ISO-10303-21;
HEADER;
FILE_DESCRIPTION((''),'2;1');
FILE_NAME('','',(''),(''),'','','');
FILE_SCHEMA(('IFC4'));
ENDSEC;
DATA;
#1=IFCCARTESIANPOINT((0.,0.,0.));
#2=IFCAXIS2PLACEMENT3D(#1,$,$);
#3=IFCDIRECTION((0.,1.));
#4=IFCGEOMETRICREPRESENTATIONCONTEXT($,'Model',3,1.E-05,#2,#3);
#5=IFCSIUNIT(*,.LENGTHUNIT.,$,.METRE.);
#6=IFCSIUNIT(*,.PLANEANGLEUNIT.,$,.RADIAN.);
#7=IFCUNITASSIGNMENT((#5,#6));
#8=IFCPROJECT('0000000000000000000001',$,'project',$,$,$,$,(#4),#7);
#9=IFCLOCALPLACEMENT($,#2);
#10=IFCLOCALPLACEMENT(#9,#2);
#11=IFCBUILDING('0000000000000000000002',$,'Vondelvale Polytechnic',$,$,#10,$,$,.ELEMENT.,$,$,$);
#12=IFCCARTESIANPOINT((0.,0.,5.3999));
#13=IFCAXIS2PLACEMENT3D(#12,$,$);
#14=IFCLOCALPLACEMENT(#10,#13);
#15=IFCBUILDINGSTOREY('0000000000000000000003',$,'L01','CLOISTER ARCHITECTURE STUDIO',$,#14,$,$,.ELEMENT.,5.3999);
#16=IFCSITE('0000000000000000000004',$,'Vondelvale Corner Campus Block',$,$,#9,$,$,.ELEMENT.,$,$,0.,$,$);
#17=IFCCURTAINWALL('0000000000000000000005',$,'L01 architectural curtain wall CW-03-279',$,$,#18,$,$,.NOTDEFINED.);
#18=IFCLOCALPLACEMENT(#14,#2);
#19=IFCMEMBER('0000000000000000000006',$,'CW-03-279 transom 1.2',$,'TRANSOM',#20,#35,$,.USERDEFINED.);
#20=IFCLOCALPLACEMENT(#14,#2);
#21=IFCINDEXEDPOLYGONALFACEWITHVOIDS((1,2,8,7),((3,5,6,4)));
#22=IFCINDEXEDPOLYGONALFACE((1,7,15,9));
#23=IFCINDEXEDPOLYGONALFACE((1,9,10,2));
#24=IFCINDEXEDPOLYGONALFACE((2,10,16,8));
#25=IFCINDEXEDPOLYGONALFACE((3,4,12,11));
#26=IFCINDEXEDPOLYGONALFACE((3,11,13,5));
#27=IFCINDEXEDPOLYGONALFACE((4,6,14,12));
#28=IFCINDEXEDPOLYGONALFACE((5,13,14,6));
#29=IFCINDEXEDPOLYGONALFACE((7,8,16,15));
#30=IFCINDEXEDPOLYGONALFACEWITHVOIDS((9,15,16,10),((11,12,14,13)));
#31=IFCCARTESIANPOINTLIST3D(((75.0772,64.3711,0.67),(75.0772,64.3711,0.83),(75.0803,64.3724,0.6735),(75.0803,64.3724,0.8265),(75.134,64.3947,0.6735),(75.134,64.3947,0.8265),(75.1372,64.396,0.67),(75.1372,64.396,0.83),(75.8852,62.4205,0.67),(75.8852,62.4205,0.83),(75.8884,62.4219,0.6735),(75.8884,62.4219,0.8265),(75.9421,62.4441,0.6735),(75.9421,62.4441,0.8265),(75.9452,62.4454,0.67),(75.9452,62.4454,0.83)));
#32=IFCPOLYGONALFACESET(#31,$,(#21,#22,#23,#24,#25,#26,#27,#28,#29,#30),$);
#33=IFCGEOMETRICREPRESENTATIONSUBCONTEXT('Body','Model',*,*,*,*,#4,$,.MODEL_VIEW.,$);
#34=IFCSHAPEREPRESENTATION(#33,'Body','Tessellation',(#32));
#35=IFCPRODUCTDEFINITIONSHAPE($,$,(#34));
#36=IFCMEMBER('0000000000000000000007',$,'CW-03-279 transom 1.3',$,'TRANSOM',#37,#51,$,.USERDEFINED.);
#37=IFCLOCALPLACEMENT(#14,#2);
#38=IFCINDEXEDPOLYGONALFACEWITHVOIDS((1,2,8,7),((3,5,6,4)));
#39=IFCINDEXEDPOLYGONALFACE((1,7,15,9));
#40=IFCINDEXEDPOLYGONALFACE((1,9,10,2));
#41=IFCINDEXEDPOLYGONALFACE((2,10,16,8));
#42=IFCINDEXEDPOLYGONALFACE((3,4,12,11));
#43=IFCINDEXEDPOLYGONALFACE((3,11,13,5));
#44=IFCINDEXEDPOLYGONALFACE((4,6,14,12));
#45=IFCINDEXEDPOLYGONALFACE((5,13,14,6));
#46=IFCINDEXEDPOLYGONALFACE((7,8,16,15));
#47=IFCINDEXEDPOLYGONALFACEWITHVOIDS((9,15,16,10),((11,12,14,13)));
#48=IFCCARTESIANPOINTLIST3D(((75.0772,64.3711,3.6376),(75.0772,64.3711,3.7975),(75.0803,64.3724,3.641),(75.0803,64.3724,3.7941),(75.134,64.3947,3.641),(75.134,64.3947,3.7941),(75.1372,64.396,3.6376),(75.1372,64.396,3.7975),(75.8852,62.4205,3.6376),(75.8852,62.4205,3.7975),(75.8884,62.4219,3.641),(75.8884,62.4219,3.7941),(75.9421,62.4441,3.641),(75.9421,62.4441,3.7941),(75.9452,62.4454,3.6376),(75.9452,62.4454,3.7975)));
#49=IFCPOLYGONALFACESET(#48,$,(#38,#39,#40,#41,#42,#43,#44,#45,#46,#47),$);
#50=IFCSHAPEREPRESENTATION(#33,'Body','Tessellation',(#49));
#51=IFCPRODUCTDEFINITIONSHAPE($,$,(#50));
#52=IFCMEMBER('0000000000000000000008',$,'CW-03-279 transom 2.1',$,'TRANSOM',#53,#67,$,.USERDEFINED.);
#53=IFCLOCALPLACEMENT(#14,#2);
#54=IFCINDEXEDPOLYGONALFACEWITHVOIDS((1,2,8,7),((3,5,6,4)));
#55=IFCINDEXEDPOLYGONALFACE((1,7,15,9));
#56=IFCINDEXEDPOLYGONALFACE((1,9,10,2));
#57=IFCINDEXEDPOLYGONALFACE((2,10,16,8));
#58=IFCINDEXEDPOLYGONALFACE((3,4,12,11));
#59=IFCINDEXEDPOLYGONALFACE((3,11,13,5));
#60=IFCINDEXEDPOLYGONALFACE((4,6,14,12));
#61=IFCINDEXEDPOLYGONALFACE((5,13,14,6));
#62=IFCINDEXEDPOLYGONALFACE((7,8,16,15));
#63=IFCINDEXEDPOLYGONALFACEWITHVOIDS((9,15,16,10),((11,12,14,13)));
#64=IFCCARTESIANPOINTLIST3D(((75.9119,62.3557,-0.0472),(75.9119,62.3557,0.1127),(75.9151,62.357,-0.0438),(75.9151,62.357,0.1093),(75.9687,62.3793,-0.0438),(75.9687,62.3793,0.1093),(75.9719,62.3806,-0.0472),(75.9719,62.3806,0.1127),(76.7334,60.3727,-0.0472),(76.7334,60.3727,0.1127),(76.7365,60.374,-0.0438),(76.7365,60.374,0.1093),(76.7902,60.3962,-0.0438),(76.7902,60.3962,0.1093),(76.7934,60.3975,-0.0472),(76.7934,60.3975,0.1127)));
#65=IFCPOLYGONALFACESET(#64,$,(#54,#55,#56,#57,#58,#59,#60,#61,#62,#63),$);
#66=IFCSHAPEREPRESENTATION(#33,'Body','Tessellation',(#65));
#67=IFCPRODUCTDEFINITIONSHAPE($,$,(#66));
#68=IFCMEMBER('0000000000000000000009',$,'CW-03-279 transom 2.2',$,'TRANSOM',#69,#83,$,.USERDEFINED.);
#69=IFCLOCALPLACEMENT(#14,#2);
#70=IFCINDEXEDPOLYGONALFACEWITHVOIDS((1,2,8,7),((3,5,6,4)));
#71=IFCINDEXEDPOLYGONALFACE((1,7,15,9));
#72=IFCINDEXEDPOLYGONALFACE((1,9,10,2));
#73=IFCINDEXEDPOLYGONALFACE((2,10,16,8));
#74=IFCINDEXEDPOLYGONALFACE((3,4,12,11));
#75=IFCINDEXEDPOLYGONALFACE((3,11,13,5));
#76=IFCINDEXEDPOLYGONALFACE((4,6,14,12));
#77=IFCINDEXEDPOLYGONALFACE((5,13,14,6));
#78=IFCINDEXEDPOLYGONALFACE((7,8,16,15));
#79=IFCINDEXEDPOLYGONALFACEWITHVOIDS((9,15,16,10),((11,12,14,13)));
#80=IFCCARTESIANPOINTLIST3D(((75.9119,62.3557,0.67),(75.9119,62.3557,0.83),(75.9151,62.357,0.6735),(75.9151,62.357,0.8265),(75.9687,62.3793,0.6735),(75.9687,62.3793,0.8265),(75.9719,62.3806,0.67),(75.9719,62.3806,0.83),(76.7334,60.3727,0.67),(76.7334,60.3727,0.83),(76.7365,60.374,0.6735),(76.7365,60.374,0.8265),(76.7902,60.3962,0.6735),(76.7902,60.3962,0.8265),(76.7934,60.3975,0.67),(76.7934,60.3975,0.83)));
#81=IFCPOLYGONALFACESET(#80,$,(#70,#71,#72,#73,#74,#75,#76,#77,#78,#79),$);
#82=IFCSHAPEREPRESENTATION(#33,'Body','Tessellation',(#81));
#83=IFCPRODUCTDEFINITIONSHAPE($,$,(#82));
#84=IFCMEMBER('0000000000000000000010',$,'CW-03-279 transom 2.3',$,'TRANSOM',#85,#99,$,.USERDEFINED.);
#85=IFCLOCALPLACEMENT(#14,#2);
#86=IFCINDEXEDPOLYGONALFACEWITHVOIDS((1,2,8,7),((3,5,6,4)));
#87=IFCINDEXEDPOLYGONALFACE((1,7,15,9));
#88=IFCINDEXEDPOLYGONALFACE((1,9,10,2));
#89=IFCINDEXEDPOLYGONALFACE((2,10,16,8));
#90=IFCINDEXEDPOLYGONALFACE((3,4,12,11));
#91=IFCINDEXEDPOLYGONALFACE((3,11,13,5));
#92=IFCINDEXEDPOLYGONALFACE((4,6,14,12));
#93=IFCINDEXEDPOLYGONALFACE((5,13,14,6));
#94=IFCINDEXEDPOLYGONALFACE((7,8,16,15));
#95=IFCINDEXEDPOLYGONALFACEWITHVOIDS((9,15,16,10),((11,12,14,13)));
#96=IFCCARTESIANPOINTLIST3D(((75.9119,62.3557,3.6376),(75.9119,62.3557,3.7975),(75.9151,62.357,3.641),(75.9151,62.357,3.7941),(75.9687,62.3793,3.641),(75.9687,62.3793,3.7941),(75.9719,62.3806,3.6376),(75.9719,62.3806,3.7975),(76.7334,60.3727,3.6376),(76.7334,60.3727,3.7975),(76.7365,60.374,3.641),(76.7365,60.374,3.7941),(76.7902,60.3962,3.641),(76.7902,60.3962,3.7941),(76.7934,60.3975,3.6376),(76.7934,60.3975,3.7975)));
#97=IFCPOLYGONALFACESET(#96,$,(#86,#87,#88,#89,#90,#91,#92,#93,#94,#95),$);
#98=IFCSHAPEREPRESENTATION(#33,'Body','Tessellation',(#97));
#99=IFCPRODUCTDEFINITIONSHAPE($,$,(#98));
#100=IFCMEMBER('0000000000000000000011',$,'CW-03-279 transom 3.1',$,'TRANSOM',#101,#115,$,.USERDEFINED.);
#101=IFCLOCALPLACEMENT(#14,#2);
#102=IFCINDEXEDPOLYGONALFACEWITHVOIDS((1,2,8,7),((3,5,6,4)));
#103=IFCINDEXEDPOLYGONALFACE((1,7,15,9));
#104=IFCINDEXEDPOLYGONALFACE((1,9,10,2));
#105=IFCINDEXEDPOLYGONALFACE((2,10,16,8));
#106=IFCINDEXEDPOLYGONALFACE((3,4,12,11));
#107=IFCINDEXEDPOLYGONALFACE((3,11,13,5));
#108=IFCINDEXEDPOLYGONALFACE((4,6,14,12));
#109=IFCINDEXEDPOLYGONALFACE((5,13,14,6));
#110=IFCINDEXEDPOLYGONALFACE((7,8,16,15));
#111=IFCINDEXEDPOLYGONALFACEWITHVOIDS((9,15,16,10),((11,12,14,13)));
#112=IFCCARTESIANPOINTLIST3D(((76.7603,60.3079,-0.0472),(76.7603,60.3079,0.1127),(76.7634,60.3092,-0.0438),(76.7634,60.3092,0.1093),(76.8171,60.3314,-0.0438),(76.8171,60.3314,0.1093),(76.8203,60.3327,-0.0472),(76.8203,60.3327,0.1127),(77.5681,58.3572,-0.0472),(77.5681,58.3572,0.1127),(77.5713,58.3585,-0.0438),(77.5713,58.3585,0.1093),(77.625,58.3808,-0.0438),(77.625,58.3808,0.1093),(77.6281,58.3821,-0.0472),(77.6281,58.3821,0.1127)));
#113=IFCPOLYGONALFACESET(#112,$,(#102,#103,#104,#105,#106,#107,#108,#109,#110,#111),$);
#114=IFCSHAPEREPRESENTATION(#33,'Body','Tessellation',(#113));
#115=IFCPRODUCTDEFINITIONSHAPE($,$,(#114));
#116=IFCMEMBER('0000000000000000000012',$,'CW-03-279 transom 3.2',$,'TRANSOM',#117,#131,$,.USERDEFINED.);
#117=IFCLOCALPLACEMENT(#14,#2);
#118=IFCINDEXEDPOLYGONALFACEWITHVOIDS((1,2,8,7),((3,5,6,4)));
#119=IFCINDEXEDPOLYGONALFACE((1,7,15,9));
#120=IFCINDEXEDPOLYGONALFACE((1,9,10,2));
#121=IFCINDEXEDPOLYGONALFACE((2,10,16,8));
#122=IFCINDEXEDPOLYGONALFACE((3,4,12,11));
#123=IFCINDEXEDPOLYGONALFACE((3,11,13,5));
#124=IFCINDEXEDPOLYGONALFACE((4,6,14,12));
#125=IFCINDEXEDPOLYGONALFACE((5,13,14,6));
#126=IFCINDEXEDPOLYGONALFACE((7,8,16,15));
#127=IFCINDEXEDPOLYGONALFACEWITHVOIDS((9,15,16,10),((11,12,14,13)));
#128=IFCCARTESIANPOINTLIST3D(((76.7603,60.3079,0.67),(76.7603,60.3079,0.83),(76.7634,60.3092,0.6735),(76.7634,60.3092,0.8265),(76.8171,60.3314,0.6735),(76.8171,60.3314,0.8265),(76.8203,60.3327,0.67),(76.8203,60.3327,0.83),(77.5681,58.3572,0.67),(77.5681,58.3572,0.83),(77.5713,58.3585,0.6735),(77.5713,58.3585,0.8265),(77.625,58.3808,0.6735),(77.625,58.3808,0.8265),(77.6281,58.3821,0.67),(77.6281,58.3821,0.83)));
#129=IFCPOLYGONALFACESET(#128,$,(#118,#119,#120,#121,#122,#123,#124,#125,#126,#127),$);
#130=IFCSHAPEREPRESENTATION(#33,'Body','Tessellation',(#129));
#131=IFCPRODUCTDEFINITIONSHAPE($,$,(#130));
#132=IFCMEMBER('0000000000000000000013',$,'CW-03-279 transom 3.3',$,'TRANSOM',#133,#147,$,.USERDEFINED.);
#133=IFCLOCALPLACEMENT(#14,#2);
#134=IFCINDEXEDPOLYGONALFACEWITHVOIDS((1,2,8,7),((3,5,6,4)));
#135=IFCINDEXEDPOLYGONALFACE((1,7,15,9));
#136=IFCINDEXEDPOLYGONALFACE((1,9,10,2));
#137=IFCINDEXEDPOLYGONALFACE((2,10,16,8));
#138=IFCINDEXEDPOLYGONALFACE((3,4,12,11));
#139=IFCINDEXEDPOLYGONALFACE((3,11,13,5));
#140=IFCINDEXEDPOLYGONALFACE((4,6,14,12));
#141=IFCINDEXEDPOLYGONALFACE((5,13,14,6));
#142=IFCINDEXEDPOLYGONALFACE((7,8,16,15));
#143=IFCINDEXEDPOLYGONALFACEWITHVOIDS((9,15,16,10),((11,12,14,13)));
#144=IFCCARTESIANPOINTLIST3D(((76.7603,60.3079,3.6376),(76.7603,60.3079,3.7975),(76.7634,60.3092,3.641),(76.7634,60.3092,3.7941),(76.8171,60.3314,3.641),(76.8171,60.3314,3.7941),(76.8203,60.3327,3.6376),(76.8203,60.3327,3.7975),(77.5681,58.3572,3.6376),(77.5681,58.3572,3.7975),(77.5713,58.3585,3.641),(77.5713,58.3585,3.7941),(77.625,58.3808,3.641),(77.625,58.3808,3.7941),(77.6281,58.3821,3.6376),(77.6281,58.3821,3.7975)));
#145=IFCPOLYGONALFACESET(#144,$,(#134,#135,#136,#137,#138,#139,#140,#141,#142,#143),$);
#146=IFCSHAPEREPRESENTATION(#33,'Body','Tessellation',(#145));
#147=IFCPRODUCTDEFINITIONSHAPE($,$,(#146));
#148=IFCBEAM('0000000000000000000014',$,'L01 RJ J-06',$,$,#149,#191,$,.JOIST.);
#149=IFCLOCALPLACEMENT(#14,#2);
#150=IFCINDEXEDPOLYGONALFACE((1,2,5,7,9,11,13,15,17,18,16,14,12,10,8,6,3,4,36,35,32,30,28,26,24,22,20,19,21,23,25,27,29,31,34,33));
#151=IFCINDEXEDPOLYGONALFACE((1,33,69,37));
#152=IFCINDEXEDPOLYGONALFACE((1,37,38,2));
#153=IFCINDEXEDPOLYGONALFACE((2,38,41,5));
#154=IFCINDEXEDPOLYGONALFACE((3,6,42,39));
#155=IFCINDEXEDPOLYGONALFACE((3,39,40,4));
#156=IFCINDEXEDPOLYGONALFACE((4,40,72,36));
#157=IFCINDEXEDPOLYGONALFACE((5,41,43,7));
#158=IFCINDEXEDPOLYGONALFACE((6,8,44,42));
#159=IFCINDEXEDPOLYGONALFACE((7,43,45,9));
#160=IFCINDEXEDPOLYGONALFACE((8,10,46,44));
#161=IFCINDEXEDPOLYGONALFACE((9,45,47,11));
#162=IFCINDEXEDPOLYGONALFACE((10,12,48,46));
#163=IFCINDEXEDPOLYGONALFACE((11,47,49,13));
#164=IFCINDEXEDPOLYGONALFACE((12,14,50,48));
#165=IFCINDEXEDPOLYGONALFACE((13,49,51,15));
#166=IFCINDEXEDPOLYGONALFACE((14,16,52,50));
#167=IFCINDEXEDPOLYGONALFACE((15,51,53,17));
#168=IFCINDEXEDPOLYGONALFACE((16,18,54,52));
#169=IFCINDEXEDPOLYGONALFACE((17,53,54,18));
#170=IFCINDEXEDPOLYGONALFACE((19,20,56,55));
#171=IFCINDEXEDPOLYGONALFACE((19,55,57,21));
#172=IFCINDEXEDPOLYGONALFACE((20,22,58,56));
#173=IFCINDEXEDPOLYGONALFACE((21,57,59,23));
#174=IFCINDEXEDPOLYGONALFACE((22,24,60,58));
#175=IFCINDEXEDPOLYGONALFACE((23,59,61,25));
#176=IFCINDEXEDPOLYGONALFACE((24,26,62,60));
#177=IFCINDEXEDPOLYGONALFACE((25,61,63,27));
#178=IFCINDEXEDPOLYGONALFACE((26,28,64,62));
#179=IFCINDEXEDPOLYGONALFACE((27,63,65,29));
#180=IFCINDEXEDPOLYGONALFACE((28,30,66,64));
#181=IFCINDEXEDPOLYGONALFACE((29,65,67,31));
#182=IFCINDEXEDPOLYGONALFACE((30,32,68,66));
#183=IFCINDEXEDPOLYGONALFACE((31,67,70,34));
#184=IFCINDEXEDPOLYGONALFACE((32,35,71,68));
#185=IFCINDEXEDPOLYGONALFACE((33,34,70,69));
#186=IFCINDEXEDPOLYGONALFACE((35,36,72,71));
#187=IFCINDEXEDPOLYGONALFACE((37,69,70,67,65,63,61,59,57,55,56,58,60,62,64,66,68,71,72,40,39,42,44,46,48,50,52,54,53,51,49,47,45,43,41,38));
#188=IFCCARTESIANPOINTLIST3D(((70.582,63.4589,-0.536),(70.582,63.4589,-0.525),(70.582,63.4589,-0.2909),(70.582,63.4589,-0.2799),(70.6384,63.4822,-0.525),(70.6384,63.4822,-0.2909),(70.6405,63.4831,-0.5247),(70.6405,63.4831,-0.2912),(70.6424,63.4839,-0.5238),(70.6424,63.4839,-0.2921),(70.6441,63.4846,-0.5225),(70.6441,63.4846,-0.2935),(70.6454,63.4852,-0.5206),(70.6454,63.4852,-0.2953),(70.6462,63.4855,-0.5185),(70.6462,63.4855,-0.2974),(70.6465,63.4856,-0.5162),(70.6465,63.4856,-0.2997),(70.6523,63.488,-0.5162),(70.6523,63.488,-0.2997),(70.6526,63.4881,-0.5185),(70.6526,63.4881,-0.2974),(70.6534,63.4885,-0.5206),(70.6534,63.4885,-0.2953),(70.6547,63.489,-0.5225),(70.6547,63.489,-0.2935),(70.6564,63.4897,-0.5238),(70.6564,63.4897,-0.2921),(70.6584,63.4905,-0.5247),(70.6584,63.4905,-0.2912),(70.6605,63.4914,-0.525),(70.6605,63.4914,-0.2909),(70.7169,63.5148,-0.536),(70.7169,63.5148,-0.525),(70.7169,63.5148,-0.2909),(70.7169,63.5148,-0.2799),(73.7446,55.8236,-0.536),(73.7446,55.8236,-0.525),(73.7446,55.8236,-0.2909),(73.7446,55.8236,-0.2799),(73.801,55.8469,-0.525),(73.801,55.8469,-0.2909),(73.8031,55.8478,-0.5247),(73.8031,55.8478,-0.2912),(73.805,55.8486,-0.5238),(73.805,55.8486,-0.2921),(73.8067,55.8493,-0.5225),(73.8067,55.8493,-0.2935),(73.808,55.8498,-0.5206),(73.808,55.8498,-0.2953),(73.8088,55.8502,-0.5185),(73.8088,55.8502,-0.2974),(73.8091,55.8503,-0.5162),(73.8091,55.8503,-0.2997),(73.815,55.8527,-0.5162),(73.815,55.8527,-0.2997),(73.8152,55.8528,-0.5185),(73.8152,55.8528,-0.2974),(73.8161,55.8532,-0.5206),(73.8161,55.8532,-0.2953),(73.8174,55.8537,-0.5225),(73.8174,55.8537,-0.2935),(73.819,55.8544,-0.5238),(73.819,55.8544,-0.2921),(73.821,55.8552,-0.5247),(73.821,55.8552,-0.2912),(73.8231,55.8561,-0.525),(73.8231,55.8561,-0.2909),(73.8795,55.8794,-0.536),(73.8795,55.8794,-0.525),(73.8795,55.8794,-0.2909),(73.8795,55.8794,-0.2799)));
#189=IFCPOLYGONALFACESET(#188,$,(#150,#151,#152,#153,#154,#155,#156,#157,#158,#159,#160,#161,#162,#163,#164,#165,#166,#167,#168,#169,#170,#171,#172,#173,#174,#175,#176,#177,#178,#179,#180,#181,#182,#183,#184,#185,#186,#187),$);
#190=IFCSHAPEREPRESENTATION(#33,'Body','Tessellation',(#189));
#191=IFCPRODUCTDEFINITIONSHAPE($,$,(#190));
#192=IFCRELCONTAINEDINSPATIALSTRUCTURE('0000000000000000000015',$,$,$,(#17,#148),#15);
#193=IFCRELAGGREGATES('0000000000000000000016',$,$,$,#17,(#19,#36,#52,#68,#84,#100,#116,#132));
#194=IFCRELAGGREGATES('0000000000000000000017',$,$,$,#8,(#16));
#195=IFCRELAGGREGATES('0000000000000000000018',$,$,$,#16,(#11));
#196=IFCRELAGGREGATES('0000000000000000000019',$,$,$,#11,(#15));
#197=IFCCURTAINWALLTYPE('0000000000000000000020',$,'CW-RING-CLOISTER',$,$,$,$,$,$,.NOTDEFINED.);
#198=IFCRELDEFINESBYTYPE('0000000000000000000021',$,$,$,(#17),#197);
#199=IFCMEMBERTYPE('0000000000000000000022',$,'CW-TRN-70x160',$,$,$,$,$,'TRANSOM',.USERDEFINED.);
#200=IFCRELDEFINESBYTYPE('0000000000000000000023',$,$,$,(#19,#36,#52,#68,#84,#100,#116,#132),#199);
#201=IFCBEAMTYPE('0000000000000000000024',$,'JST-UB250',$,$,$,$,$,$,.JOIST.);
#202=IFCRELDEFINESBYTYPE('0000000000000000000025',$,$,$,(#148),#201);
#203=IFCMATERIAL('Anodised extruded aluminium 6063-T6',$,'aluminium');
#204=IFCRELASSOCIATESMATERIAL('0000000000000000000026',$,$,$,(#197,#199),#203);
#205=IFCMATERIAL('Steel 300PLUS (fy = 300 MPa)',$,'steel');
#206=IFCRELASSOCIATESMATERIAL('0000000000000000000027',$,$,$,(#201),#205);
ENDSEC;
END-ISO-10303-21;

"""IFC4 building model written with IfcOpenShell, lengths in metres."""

from ifc_helpers import new_model, si_unit, direction, frame, origin, origin_2d, place, context, subcontext, project, spatial, hollow_rectangle, i_section, extrude, material, material_profile, profile_set, type_object, element, aggregate, save


model = new_model("IFC4")

# Units and contexts
model_context = context("Model", 3, precision=1e-05, world=origin(), true_north=direction((0.0, 1.0)))
body_context = subcontext(model_context, "Body", "Model", "MODEL_VIEW")
ifc_project = project(units=[si_unit("LENGTHUNIT", "METRE"), si_unit("PLANEANGLEUNIT", "RADIAN")], contexts=[model_context])

# Site, building, storey
site_placement = place(None, origin())
site = spatial("IfcSite", under=ifc_project, at=site_placement, Name="Vondelvale Corner Campus Block", CompositionType="ELEMENT", RefElevation=0.0)
building_placement = place(site_placement, origin())
building = spatial("IfcBuilding", under=site, at=building_placement, Name="Vondelvale Polytechnic", CompositionType="ELEMENT")
storey_placement = place(building_placement, frame((0.0, 0.0, 5.3999)))
storey = spatial("IfcBuildingStorey", under=building, at=storey_placement, Name="L01", Description="CLOISTER ARCHITECTURE STUDIO", CompositionType="ELEMENT", Elevation=5.3999)

# Shared definitions
ifc_material_1 = material(Name="Steel 300PLUS (fy = 300 MPa)", Category="steel")

# Shared definitions
ifc_material_2 = material(Name="Anodised extruded aluminium 6063-T6", Category="aluminium")
curtain_wall_type = type_object("IfcCurtainWallType", Name="CW-RING-CLOISTER", PredefinedType="NOTDEFINED", material=ifc_material_2)

# Curtain wall, members
curtain_wall_1_placement = place(storey_placement, origin())
curtain_wall_1 = element("IfcCurtainWall", 1, at=curtain_wall_1_placement, inside=storey, type_object=curtain_wall_type, Name="L01 architectural curtain wall CW-03-279", PredefinedType="NOTDEFINED")
ifc_material_profile_1 = material_profile(ifc_material_2, hollow_rectangle(XDim=0.0649, YDim=0.1599, WallThickness=0.0034, at=origin_2d()), Name="CW-TRN-160x65")
ifc_profile_set_1 = profile_set([ifc_material_profile_1], Name="Anodised extruded aluminium 6063-T6")
member_type_1 = type_object("IfcMemberType", Name="CW-TRN-70x160", ElementType="TRANSOM", PredefinedType="USERDEFINED", material=ifc_profile_set_1)
member_1_placement = place(storey_placement, frame((75.1072, 64.3835, 0.75), z_axis=(0.382726, -0.923862, 0.0), x_axis=(0.923862, 0.382726, 0.0)))
member_1 = element("IfcMember", 2, at=member_1_placement, type_object=member_type_1, Name="CW-03-279 transom 1.2", ObjectType="TRANSOM", PredefinedType="USERDEFINED", context=body_context, shape_type="SweptSolid", body=[
    extrude(hollow_rectangle(XDim=0.0649, YDim=0.1599, WallThickness=0.0034, at=origin_2d()), origin(), (0.0, 0.0, 1.0), 2.1113),
])
member_2_placement = place(storey_placement, frame((75.1072, 64.3835, 3.7175), z_axis=(0.382726, -0.923862, 0.0), x_axis=(0.923862, 0.382726, 0.0)))
member_2 = element("IfcMember", 3, at=member_2_placement, type_object=member_type_1, Name="CW-03-279 transom 1.3", ObjectType="TRANSOM", PredefinedType="USERDEFINED", context=body_context, shape_type="SweptSolid", body=[
    extrude(hollow_rectangle(XDim=0.0649, YDim=0.1599, WallThickness=0.0034, at=origin_2d()), origin(), (0.0, 0.0, 1.0), 2.1113),
])
member_3_placement = place(storey_placement, frame((75.9419, 62.3682, 0.0327), z_axis=(0.382717, -0.923866, 0.0), x_axis=(0.923866, 0.382717, 0.0)))
member_3 = element("IfcMember", 4, at=member_3_placement, type_object=member_type_1, Name="CW-03-279 transom 2.1", ObjectType="TRANSOM", PredefinedType="USERDEFINED", context=body_context, shape_type="SweptSolid", body=[
    extrude(hollow_rectangle(XDim=0.0649, YDim=0.1599, WallThickness=0.0034, at=origin_2d()), origin(), (0.0, 0.0, 1.0), 2.1465),
])
member_4_placement = place(storey_placement, frame((75.9419, 62.3682, 0.75), z_axis=(0.382717, -0.923866, 0.0), x_axis=(0.923866, 0.382717, 0.0)))
member_4 = element("IfcMember", 5, at=member_4_placement, type_object=member_type_1, Name="CW-03-279 transom 2.2", ObjectType="TRANSOM", PredefinedType="USERDEFINED", context=body_context, shape_type="SweptSolid", body=[
    extrude(hollow_rectangle(XDim=0.0649, YDim=0.1599, WallThickness=0.0034, at=origin_2d()), origin(), (0.0, 0.0, 1.0), 2.1465),
])
member_5_placement = place(storey_placement, frame((75.9419, 62.3682, 3.7175), z_axis=(0.382717, -0.923866, 0.0), x_axis=(0.923866, 0.382717, 0.0)))
member_5 = element("IfcMember", 6, at=member_5_placement, type_object=member_type_1, Name="CW-03-279 transom 2.3", ObjectType="TRANSOM", PredefinedType="USERDEFINED", context=body_context, shape_type="SweptSolid", body=[
    extrude(hollow_rectangle(XDim=0.0649, YDim=0.1599, WallThickness=0.0034, at=origin_2d()), origin(), (0.0, 0.0, 1.0), 2.1465),
])
member_6_placement = place(storey_placement, frame((76.7903, 60.3203, 0.0327), z_axis=(0.382628, -0.923903, 0.0), x_axis=(0.923903, 0.382628, 0.0)))
member_6 = element("IfcMember", 7, at=member_6_placement, type_object=member_type_1, Name="CW-03-279 transom 3.1", ObjectType="TRANSOM", PredefinedType="USERDEFINED", context=body_context, shape_type="SweptSolid", body=[
    extrude(hollow_rectangle(XDim=0.0649, YDim=0.1599, WallThickness=0.0034, at=origin_2d()), origin(), (0.0, 0.0, 1.0), 2.1113),
])
member_7_placement = place(storey_placement, frame((76.7903, 60.3203, 0.75), z_axis=(0.382628, -0.923903, 0.0), x_axis=(0.923903, 0.382628, 0.0)))
member_7 = element("IfcMember", 8, at=member_7_placement, type_object=member_type_1, Name="CW-03-279 transom 3.2", ObjectType="TRANSOM", PredefinedType="USERDEFINED", context=body_context, shape_type="SweptSolid", body=[
    extrude(hollow_rectangle(XDim=0.0649, YDim=0.1599, WallThickness=0.0034, at=origin_2d()), origin(), (0.0, 0.0, 1.0), 2.1113),
])
member_8_placement = place(storey_placement, frame((76.7903, 60.3203, 3.7175), z_axis=(0.382628, -0.923903, 0.0), x_axis=(0.923903, 0.382628, 0.0)))
member_8 = element("IfcMember", 9, at=member_8_placement, type_object=member_type_1, Name="CW-03-279 transom 3.3", ObjectType="TRANSOM", PredefinedType="USERDEFINED", context=body_context, shape_type="SweptSolid", body=[
    extrude(hollow_rectangle(XDim=0.0649, YDim=0.1599, WallThickness=0.0034, at=origin_2d()), origin(), (0.0, 0.0, 1.0), 2.1113),
])

# Beam
ifc_material_profile_2 = material_profile(ifc_material_1, i_section(OverallWidth=0.146, OverallDepth=0.2561, WebThickness=0.0063, FlangeThickness=0.011, FilletRadius=0.0088, at=origin_2d()), Name="250UB37.3")
ifc_profile_set_2 = profile_set([ifc_material_profile_2], Name="Steel 300PLUS (fy = 300 MPa)")
beam_type_1 = type_object("IfcBeamType", Name="JST-UB250", PredefinedType="JOIST", material=ifc_profile_set_2)
beam_1_placement = place(storey_placement, frame((70.6494, 63.4868, -0.408), z_axis=(0.382681, -0.923881, 0.0), x_axis=(0.923881, 0.382681, 0.0)))
element("IfcBeam", 10, at=beam_1_placement, inside=storey, type_object=beam_type_1, Name="L01 RJ J-06", PredefinedType="JOIST", context=body_context, shape_type="SweptSolid", body=[
    extrude(i_section(OverallWidth=0.146, OverallDepth=0.2561, WebThickness=0.0063, FlangeThickness=0.011, FilletRadius=0.0088, at=origin_2d()), origin(), (0.0, 0.0, 1.0), 8.2644),
])

aggregate(curtain_wall_1, [member_1, member_2, member_3, member_4, member_5, member_6, member_7, member_8])

save(model, "model.ifc")
